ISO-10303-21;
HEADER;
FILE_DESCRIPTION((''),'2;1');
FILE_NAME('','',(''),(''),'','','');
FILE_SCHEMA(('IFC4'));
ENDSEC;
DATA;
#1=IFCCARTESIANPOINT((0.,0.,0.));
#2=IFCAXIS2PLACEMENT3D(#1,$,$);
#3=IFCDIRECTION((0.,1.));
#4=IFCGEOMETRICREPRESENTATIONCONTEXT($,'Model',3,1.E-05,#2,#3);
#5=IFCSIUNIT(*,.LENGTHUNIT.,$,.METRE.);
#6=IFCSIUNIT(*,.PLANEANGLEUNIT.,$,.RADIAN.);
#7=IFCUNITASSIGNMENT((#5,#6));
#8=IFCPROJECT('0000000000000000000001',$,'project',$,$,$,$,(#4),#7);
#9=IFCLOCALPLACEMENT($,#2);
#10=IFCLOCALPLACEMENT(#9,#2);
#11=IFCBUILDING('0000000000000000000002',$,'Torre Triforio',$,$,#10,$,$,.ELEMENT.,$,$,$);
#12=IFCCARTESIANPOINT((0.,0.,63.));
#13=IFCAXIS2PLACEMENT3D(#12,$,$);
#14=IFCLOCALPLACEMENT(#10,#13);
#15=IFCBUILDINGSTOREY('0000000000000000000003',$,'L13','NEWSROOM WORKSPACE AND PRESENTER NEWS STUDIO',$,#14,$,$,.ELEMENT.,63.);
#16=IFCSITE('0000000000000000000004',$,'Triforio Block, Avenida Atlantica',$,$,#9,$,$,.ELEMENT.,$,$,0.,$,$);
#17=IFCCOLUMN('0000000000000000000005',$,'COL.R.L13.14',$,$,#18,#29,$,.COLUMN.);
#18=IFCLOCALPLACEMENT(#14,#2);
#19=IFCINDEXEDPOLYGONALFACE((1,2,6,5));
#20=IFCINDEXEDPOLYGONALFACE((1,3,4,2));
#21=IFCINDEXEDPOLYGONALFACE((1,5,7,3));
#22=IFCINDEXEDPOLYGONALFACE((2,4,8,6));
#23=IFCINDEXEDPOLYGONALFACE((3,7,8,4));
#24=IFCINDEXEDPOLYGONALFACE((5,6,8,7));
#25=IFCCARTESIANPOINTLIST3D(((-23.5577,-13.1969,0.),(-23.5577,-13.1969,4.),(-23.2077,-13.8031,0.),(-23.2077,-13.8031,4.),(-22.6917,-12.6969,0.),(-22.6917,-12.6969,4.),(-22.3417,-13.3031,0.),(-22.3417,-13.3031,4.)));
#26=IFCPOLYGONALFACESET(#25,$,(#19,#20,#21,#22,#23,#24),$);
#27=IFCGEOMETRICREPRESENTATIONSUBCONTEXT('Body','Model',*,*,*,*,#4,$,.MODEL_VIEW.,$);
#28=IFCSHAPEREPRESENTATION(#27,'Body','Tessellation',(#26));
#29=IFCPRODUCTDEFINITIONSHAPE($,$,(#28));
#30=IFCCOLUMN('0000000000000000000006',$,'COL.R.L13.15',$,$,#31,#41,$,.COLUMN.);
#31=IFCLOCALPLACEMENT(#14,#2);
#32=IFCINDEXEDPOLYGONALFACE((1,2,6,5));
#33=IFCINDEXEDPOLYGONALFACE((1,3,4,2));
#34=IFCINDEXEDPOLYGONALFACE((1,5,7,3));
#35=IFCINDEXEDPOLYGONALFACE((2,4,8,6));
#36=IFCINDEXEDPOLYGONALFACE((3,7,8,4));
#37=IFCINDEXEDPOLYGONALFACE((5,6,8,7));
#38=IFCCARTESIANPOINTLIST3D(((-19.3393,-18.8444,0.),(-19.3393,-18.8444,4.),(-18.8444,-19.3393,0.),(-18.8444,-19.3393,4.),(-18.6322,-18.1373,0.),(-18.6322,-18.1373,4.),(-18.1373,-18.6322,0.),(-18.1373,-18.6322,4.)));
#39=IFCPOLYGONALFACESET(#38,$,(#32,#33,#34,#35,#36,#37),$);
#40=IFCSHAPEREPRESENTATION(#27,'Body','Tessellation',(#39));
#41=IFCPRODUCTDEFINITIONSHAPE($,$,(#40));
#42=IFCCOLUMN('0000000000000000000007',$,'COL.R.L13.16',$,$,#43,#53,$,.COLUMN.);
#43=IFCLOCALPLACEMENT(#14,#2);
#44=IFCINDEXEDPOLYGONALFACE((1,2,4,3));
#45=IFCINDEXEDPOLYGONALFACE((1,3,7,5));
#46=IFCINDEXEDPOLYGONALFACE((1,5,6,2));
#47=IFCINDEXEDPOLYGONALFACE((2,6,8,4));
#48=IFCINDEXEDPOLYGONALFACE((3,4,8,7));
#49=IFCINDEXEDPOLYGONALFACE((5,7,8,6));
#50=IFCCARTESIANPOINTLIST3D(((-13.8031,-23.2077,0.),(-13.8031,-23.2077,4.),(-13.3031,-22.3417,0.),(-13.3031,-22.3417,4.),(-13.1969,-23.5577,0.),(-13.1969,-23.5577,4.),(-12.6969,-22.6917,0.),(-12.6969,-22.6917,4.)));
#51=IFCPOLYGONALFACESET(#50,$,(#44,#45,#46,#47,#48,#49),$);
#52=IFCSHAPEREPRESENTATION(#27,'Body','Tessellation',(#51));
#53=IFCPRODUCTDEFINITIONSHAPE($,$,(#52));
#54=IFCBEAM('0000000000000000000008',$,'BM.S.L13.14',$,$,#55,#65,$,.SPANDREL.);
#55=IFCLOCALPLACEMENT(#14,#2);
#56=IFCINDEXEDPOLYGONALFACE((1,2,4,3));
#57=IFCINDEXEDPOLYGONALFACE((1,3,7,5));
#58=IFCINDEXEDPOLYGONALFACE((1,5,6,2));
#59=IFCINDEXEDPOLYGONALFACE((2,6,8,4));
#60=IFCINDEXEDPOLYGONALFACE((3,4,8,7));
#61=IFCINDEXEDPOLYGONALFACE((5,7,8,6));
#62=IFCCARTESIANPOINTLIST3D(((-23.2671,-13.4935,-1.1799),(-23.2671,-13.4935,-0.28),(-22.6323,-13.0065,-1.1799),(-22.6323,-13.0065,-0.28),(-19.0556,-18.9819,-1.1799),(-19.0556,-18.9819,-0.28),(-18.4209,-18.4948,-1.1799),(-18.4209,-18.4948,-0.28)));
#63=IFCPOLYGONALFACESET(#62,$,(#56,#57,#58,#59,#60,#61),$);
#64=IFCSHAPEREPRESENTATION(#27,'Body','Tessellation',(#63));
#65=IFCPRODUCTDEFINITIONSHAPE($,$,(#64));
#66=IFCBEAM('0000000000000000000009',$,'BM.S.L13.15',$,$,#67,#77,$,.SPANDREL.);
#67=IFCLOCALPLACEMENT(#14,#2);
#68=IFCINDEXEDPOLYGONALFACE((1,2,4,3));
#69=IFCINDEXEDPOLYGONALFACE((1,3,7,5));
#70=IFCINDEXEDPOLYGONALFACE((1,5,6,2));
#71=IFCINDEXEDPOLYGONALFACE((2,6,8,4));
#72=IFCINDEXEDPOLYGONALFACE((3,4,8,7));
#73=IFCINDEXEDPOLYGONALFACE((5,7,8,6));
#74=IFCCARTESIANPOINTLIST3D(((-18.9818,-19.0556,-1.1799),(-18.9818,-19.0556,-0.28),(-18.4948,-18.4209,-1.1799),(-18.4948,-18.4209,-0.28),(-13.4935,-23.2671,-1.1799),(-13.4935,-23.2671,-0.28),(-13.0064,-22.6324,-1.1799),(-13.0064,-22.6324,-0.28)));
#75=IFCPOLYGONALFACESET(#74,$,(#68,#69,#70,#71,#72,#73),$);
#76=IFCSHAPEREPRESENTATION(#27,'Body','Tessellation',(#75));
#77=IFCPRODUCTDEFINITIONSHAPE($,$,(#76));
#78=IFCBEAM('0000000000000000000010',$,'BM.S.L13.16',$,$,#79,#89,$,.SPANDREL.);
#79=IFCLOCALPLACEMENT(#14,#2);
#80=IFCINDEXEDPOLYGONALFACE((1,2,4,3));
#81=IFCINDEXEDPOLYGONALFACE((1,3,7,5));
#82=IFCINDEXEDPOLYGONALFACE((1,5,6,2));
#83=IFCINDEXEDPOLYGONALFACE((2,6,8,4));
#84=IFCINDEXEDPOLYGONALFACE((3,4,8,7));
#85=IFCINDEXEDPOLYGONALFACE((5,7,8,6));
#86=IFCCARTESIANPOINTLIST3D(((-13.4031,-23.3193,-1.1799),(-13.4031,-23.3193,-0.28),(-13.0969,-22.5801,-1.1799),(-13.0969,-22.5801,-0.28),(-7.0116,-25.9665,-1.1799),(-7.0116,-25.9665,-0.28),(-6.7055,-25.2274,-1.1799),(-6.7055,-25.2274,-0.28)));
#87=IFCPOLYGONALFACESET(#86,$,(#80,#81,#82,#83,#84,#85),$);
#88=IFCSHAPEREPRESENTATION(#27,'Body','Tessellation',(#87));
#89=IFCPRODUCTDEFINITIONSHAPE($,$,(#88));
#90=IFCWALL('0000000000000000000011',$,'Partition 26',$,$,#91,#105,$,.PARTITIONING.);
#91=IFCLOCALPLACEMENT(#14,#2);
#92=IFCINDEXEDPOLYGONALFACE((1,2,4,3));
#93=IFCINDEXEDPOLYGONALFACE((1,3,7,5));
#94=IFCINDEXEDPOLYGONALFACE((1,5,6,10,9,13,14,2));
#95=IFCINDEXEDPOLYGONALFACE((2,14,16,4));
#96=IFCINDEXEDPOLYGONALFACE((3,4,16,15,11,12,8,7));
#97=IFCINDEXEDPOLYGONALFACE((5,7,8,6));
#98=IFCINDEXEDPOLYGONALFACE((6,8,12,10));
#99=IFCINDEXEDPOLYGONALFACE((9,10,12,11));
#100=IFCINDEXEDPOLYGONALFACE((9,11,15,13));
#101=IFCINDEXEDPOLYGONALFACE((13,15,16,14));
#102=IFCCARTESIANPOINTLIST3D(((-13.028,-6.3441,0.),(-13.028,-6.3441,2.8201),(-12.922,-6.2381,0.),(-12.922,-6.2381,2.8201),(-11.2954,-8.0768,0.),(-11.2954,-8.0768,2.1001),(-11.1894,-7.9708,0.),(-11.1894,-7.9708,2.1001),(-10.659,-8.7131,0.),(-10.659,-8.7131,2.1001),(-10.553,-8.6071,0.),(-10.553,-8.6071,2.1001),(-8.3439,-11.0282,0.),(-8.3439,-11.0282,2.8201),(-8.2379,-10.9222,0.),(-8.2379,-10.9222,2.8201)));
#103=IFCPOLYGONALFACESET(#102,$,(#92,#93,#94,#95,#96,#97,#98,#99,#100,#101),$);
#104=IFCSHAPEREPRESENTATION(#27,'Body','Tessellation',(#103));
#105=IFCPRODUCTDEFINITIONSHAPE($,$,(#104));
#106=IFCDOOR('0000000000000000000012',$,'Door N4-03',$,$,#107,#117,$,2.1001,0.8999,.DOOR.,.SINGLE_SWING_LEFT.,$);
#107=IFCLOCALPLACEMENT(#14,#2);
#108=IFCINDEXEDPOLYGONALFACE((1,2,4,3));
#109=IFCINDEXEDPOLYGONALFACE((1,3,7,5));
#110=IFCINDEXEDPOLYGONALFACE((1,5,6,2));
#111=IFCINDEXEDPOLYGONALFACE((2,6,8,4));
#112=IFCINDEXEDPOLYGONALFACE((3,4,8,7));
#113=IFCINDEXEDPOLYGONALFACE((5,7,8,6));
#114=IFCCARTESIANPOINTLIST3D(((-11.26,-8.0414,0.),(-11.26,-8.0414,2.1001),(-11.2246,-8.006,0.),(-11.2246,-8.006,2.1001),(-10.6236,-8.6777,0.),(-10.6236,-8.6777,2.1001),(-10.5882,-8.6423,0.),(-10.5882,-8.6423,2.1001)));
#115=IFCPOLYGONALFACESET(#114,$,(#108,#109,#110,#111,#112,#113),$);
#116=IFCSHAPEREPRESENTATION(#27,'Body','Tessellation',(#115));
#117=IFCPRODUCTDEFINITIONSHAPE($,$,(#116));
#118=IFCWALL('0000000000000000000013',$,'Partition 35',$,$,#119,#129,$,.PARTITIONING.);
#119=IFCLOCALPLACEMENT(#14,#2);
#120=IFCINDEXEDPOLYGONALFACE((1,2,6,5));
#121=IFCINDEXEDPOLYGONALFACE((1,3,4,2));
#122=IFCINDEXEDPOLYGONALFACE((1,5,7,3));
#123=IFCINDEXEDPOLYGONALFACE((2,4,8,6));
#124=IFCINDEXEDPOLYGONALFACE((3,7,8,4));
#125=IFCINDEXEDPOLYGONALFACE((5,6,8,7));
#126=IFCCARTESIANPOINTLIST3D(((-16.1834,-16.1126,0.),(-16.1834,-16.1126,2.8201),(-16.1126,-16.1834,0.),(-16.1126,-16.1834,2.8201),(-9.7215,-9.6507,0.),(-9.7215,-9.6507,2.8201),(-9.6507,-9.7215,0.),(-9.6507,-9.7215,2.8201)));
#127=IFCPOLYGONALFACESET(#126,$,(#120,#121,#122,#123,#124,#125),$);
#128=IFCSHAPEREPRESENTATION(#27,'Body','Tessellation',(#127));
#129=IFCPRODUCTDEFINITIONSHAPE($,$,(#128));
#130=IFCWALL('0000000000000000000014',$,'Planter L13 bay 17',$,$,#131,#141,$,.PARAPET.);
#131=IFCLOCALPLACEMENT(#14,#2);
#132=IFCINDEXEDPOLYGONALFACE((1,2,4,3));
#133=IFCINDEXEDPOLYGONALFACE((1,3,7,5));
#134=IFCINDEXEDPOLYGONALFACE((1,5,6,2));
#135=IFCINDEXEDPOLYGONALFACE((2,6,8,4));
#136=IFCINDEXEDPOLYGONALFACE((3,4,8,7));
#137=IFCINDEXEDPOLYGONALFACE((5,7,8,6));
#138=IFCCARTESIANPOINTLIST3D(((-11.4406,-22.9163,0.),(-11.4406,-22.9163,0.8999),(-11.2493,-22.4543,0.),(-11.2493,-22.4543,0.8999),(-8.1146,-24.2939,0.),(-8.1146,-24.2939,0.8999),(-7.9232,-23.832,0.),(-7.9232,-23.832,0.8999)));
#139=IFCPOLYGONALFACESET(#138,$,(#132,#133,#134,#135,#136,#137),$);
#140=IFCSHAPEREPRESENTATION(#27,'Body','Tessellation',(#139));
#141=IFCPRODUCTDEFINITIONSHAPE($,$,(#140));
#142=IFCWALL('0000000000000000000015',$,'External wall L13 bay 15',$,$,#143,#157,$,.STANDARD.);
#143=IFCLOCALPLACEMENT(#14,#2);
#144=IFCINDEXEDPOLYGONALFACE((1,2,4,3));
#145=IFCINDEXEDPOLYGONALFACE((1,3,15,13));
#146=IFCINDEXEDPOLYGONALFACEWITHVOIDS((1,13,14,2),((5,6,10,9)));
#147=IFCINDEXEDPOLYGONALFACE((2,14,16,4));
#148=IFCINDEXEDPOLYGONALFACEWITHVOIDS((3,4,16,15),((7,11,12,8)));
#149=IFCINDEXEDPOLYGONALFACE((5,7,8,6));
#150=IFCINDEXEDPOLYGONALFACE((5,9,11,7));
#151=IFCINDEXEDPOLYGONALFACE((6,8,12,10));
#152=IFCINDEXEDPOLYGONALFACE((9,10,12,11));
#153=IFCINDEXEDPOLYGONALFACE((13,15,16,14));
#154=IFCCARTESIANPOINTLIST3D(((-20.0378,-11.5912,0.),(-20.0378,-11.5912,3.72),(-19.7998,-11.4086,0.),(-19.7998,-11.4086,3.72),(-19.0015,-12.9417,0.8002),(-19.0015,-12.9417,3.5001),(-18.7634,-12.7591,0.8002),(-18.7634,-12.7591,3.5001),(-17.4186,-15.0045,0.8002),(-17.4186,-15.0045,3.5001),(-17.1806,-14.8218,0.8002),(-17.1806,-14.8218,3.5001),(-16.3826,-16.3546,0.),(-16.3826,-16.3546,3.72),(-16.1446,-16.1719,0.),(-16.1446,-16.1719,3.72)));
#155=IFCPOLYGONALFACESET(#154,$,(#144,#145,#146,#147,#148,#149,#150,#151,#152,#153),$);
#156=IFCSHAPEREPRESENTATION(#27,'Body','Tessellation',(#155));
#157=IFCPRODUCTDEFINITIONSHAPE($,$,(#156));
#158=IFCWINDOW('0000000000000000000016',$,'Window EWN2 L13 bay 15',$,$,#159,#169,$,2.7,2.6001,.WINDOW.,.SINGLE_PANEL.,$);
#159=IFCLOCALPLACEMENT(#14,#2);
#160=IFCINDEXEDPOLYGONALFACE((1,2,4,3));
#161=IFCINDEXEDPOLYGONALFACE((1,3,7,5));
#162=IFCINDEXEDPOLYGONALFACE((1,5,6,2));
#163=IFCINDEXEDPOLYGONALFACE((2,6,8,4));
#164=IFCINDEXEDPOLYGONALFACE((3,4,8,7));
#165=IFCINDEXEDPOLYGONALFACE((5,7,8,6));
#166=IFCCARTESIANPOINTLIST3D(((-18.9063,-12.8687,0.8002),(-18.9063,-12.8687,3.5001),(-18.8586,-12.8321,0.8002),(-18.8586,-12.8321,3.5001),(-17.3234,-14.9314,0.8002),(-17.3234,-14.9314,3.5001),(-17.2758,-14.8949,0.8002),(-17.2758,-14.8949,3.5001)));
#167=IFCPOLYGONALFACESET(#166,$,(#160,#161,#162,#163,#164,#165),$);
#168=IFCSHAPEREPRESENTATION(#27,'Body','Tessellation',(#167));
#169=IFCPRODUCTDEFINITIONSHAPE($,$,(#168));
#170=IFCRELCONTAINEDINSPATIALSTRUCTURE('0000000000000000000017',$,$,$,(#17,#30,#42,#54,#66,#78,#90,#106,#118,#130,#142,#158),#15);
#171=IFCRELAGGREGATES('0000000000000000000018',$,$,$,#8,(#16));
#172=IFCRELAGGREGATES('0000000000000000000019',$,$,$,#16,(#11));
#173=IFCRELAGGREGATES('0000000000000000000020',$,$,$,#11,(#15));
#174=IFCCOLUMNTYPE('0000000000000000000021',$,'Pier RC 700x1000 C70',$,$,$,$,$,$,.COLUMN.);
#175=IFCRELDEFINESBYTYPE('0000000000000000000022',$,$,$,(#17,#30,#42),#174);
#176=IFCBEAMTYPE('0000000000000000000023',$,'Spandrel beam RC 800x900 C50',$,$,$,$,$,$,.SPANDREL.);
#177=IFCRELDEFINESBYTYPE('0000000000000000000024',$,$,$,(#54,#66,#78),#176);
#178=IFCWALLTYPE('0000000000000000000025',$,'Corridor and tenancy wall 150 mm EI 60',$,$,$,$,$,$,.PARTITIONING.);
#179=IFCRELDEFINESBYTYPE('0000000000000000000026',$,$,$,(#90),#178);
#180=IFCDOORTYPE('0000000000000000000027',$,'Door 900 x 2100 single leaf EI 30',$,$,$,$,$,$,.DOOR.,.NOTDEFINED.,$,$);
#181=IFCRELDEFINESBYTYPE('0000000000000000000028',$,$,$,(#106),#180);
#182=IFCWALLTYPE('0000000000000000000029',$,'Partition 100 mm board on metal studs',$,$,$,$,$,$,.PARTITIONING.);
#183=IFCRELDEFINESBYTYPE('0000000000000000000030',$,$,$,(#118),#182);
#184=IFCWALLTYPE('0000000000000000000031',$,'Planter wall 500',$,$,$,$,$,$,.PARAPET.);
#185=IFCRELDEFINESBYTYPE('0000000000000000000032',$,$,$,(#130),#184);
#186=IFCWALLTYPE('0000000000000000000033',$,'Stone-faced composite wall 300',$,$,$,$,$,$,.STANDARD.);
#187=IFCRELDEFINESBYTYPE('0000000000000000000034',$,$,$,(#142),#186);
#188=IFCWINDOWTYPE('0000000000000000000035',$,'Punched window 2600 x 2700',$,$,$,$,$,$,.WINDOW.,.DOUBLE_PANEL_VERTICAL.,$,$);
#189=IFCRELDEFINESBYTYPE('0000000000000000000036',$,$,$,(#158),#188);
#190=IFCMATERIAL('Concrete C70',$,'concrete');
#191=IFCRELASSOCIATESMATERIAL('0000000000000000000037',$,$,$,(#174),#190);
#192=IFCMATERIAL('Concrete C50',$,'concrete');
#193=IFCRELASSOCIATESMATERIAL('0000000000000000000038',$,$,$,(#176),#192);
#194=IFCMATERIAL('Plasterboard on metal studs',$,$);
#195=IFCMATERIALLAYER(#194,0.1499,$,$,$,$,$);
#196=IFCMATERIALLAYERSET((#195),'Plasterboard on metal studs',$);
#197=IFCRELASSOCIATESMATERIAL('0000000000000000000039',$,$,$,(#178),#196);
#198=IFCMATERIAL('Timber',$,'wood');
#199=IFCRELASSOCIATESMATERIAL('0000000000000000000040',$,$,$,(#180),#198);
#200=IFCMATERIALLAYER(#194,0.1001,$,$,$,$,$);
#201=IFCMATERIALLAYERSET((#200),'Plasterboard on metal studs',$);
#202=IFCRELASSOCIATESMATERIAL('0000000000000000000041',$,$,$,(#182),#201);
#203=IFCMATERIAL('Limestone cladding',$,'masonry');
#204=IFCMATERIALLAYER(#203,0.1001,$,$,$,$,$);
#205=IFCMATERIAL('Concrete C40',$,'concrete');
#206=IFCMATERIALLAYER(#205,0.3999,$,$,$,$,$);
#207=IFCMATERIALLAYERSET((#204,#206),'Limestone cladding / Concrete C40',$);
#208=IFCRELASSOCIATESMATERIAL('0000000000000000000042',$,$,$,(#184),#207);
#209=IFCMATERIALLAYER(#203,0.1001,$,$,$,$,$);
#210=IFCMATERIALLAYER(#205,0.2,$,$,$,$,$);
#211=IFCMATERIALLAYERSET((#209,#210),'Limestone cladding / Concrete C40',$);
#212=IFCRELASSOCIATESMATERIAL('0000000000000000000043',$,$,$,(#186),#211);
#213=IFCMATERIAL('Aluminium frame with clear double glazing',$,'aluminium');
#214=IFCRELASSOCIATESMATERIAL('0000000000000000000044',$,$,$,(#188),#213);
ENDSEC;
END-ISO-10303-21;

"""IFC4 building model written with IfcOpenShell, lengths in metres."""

from ifc_helpers import new_model, si_unit, direction, frame, frame_2d, origin, origin_2d, place, context, subcontext, project, spatial, rectangle, extrude, material, layer, layer_set, material_profile, profile_set, type_object, element, fill, save


model = new_model("IFC4")

# Units and contexts
model_context = context("Model", 3, precision=1e-05, world=origin(), true_north=direction((0.0, 1.0)))
body_context = subcontext(model_context, "Body", "Model", "MODEL_VIEW")
ifc_project = project(units=[si_unit("LENGTHUNIT", "METRE"), si_unit("PLANEANGLEUNIT", "RADIAN")], contexts=[model_context])

# Site, building, storey
site_placement = place(None, origin())
site = spatial("IfcSite", under=ifc_project, at=site_placement, Name="Triforio Block, Avenida Atlantica", CompositionType="ELEMENT", RefElevation=0.0)
building_placement = place(site_placement, origin())
building = spatial("IfcBuilding", under=site, at=building_placement, Name="Torre Triforio", CompositionType="ELEMENT")
storey_placement = place(building_placement, frame((0.0, 0.0, 63.0)))
storey = spatial("IfcBuildingStorey", under=building, at=storey_placement, Name="L13", Description="NEWSROOM WORKSPACE AND PRESENTER NEWS STUDIO", CompositionType="ELEMENT", Elevation=63.0)

# Columns
ifc_material_1 = material(Name="Concrete C70", Category="concrete")
ifc_material_profile_1 = material_profile(ifc_material_1, rectangle(XDim=0.7, YDim=1.0, at=origin_2d()), Name="RC 700x1000")
ifc_profile_set_1 = profile_set([ifc_material_profile_1], Name="Concrete C70")
column_type = type_object("IfcColumnType", Name="Pier RC 700x1000 C70", PredefinedType="COLUMN", material=ifc_profile_set_1)
for number, where, z_axis, x_axis, name in (
    (1, (-22.9497, -13.25, 0.0), (0.0, 0.0, 1.0), (0.5, -0.866025, 0.0), "COL.R.L13.14"),
    (2, (-18.7383, -18.7383, 0.0), (0.0, 0.0, 1.0), (0.707107, -0.707107, 0.0), "COL.R.L13.15"),
    (3, (-13.25, -22.9497, 0.0), (0.0, 0.0, 1.0), (0.866025, -0.5, 0.0), "COL.R.L13.16"),
):
    element("IfcColumn", number, at=place(storey_placement, frame(where, z_axis=z_axis, x_axis=x_axis)), inside=storey, type_object=column_type, Name=name, PredefinedType="COLUMN", context=body_context, shape_type="SweptSolid", body=[
        extrude(rectangle(XDim=0.7, YDim=1.0, at=origin_2d()), origin(), (0.0, 0.0, 1.0), 4.0),
    ])

# Beams
ifc_material_2 = material(Name="Concrete C50", Category="concrete")
ifc_material_profile_2 = material_profile(ifc_material_2, rectangle(XDim=0.8, YDim=0.8999, at=origin_2d()), Name="RC 800x900")
ifc_profile_set_2 = profile_set([ifc_material_profile_2], Name="Concrete C50")
beam_type = type_object("IfcBeamType", Name="Spandrel beam RC 800x900 C50", PredefinedType="SPANDREL", material=ifc_profile_set_2)
for number, where, z_axis, x_axis, name in (
    (4, (-22.9497, -13.25, -0.73), (0.608772, -0.793345, 0.0), (0.793345, 0.608772, 0.0), "BM.S.L13.14"),
    (5, (-18.7383, -18.7383, -0.73), (0.793345, -0.608772, 0.0), (0.608772, 0.793345, 0.0), "BM.S.L13.15"),
    (6, (-13.25, -22.9497, -0.73), (0.923888, -0.382662, 0.0), (0.382662, 0.923888, 0.0), "BM.S.L13.16"),
):
    element("IfcBeam", number, at=place(storey_placement, frame(where, z_axis=z_axis, x_axis=x_axis)), inside=storey, type_object=beam_type, Name=name, PredefinedType="SPANDREL", context=body_context, shape_type="SweptSolid", body=[
        extrude(rectangle(XDim=0.8, YDim=0.8999, at=origin_2d()), origin(), (0.0, 0.0, 1.0), 6.918),
    ])

# Wall, opening, door
ifc_material_3 = material(Name="Plasterboard on metal studs")
ifc_layer_1 = layer(ifc_material_3, 0.1499)
ifc_layer_set_1 = layer_set([ifc_layer_1], Name="Plasterboard on metal studs")
wall_type_1 = type_object("IfcWallType", Name="Corridor and tenancy wall 150 mm EI 60", PredefinedType="PARTITIONING", material=ifc_layer_set_1)
wall_1_placement = place(storey_placement, frame((-8.291, -10.9751, 0.0), z_axis=(0.0, 0.0, 1.0), x_axis=(-0.707107, 0.707107, 0.0)))
wall_1 = element("IfcWall", 7, at=wall_1_placement, inside=storey, type_object=wall_type_1, Name="Partition 26", PredefinedType="PARTITIONING", context=body_context, shape_type="SweptSolid", body=[
    extrude(rectangle(XDim=6.6243, YDim=0.1499, at=frame_2d((3.312, 0.0))), origin(), (0.0, 0.0, 1.0), 2.8201),
])
opening_1_placement = place(wall_1_placement, frame((3.2739, 0.0, 0.0)))
opening_1 = element("IfcOpeningElement", 8, at=opening_1_placement, cuts=wall_1, PredefinedType="OPENING", context=body_context, shape_type="SweptSolid", body=[
    extrude(rectangle(XDim=0.8999, YDim=2.1001, at=frame_2d((0.45, 1.05))), frame((0.0, 0.085, 0.0), z_axis=(0.0, -1.0, 0.0), x_axis=(1.0, 0.0, 0.0)), (0.0, 0.0, 1.0), 0.1699),
])
ifc_material_4 = material(Name="Timber", Category="wood")
door_type_1 = type_object("IfcDoorType", Name="Door 900 x 2100 single leaf EI 30", OperationType="NOTDEFINED", PredefinedType="DOOR", material=ifc_material_4)
door_1_placement = place(opening_1_placement, origin())
door_1 = element("IfcDoor", 9, at=door_1_placement, inside=storey, type_object=door_type_1, Name="Door N4-03", OperationType="SINGLE_SWING_LEFT", OverallHeight=2.1001, OverallWidth=0.8999, PredefinedType="DOOR", context=body_context, shape_type="SweptSolid", body=[
    extrude(rectangle(XDim=0.8999, YDim=2.1001, at=frame_2d((0.45, 1.05))), frame((0.0, 0.0249, 0.0), z_axis=(0.0, -1.0, 0.0), x_axis=(1.0, 0.0, 0.0)), (0.0, 0.0, 1.0), 0.05),
])
fill(opening_1, door_1)

# Walls
ifc_layer_2 = layer(ifc_material_3, 0.1001)
ifc_layer_set_2 = layer_set([ifc_layer_2], Name="Plasterboard on metal studs")
wall_type_2 = type_object("IfcWallType", Name="Partition 100 mm board on metal studs", PredefinedType="PARTITIONING", material=ifc_layer_set_2)
wall_2_placement = place(storey_placement, frame((-9.686, -9.686, 0.0), z_axis=(0.0, 0.0, 1.0), x_axis=(-0.707107, -0.707107, 0.0)))
element("IfcWall", 10, at=wall_2_placement, inside=storey, type_object=wall_type_2, Name="Partition 35", PredefinedType="PARTITIONING", context=body_context, shape_type="SweptSolid", body=[
    extrude(rectangle(XDim=9.1384, YDim=0.1001, at=frame_2d((4.5693, 0.0))), origin(), (0.0, 0.0, 1.0), 2.8201),
])
ifc_material_5 = material(Name="Limestone cladding", Category="masonry")
ifc_layer_3 = layer(ifc_material_5, 0.1001)
ifc_material_6 = material(Name="Concrete C40", Category="concrete")
ifc_layer_4 = layer(ifc_material_6, 0.3999)
ifc_layer_set_3 = layer_set([ifc_layer_3, ifc_layer_4], Name="Limestone cladding / Concrete C40")
wall_type_3 = type_object("IfcWallType", Name="Planter wall 500", PredefinedType="PARAPET", material=ifc_layer_set_3)
wall_3_placement = place(storey_placement, frame((-11.345, -22.6853, 0.0), z_axis=(0.0, 0.0, 1.0), x_axis=(0.923885, -0.382669, 0.0)))
element("IfcWall", 11, at=wall_3_placement, inside=storey, type_object=wall_type_3, Name="Planter L13 bay 17", PredefinedType="PARAPET", context=body_context, shape_type="SweptSolid", body=[
    extrude(rectangle(XDim=3.6001, YDim=0.5, at=frame_2d((1.8, 0.0))), origin(), (0.0, 0.0, 1.0), 0.8999),
])

# Wall, opening, window
ifc_layer_5 = layer(ifc_material_5, 0.1001)
ifc_layer_6 = layer(ifc_material_6, 0.2)
ifc_layer_set_4 = layer_set([ifc_layer_5, ifc_layer_6], Name="Limestone cladding / Concrete C40")
wall_type_4 = type_object("IfcWallType", Name="Stone-faced composite wall 300", PredefinedType="STANDARD", material=ifc_layer_set_4)
wall_4_placement = place(storey_placement, frame((-19.9187, -11.5, 0.0), z_axis=(0.0, 0.0, 1.0), x_axis=(0.608779, -0.79334, 0.0)))
wall_4 = element("IfcWall", 12, at=wall_4_placement, inside=storey, type_object=wall_type_4, Name="External wall L13 bay 15", PredefinedType="STANDARD", context=body_context, shape_type="SweptSolid", body=[
    extrude(rectangle(XDim=6.0042, YDim=0.3, at=frame_2d((3.002, 0.0))), origin(), (0.0, 0.0, 1.0), 3.72),
])
opening_2_placement = place(wall_4_placement, frame((1.7021, 0.0, 0.8)))
opening_2 = element("IfcOpeningElement", 13, at=opening_2_placement, cuts=wall_4, PredefinedType="OPENING", context=body_context, shape_type="SweptSolid", body=[
    extrude(rectangle(XDim=2.6001, YDim=2.7, at=frame_2d((1.3, 1.3501))), frame((0.0, 0.1599, 0.0), z_axis=(0.0, -1.0, 0.0), x_axis=(1.0, 0.0, 0.0)), (0.0, 0.0, 1.0), 0.3201),
])
ifc_material_7 = material(Name="Aluminium frame with clear double glazing", Category="aluminium")
window_type_1 = type_object("IfcWindowType", Name="Punched window 2600 x 2700", PartitioningType="DOUBLE_PANEL_VERTICAL", PredefinedType="WINDOW", material=ifc_material_7)
window_1_placement = place(opening_2_placement, origin())
window_1 = element("IfcWindow", 14, at=window_1_placement, inside=storey, type_object=window_type_1, Name="Window EWN2 L13 bay 15", OverallHeight=2.7, OverallWidth=2.6001, PartitioningType="SINGLE_PANEL", PredefinedType="WINDOW", context=body_context, shape_type="SweptSolid", body=[
    extrude(rectangle(XDim=2.6001, YDim=2.7, at=frame_2d((1.3, 1.3501))), frame((0.0, 0.03, 0.0), z_axis=(0.0, -1.0, 0.0), x_axis=(1.0, 0.0, 0.0)), (0.0, 0.0, 1.0), 0.0601),
])
fill(opening_2, window_1)

save(model, "model.ifc")
